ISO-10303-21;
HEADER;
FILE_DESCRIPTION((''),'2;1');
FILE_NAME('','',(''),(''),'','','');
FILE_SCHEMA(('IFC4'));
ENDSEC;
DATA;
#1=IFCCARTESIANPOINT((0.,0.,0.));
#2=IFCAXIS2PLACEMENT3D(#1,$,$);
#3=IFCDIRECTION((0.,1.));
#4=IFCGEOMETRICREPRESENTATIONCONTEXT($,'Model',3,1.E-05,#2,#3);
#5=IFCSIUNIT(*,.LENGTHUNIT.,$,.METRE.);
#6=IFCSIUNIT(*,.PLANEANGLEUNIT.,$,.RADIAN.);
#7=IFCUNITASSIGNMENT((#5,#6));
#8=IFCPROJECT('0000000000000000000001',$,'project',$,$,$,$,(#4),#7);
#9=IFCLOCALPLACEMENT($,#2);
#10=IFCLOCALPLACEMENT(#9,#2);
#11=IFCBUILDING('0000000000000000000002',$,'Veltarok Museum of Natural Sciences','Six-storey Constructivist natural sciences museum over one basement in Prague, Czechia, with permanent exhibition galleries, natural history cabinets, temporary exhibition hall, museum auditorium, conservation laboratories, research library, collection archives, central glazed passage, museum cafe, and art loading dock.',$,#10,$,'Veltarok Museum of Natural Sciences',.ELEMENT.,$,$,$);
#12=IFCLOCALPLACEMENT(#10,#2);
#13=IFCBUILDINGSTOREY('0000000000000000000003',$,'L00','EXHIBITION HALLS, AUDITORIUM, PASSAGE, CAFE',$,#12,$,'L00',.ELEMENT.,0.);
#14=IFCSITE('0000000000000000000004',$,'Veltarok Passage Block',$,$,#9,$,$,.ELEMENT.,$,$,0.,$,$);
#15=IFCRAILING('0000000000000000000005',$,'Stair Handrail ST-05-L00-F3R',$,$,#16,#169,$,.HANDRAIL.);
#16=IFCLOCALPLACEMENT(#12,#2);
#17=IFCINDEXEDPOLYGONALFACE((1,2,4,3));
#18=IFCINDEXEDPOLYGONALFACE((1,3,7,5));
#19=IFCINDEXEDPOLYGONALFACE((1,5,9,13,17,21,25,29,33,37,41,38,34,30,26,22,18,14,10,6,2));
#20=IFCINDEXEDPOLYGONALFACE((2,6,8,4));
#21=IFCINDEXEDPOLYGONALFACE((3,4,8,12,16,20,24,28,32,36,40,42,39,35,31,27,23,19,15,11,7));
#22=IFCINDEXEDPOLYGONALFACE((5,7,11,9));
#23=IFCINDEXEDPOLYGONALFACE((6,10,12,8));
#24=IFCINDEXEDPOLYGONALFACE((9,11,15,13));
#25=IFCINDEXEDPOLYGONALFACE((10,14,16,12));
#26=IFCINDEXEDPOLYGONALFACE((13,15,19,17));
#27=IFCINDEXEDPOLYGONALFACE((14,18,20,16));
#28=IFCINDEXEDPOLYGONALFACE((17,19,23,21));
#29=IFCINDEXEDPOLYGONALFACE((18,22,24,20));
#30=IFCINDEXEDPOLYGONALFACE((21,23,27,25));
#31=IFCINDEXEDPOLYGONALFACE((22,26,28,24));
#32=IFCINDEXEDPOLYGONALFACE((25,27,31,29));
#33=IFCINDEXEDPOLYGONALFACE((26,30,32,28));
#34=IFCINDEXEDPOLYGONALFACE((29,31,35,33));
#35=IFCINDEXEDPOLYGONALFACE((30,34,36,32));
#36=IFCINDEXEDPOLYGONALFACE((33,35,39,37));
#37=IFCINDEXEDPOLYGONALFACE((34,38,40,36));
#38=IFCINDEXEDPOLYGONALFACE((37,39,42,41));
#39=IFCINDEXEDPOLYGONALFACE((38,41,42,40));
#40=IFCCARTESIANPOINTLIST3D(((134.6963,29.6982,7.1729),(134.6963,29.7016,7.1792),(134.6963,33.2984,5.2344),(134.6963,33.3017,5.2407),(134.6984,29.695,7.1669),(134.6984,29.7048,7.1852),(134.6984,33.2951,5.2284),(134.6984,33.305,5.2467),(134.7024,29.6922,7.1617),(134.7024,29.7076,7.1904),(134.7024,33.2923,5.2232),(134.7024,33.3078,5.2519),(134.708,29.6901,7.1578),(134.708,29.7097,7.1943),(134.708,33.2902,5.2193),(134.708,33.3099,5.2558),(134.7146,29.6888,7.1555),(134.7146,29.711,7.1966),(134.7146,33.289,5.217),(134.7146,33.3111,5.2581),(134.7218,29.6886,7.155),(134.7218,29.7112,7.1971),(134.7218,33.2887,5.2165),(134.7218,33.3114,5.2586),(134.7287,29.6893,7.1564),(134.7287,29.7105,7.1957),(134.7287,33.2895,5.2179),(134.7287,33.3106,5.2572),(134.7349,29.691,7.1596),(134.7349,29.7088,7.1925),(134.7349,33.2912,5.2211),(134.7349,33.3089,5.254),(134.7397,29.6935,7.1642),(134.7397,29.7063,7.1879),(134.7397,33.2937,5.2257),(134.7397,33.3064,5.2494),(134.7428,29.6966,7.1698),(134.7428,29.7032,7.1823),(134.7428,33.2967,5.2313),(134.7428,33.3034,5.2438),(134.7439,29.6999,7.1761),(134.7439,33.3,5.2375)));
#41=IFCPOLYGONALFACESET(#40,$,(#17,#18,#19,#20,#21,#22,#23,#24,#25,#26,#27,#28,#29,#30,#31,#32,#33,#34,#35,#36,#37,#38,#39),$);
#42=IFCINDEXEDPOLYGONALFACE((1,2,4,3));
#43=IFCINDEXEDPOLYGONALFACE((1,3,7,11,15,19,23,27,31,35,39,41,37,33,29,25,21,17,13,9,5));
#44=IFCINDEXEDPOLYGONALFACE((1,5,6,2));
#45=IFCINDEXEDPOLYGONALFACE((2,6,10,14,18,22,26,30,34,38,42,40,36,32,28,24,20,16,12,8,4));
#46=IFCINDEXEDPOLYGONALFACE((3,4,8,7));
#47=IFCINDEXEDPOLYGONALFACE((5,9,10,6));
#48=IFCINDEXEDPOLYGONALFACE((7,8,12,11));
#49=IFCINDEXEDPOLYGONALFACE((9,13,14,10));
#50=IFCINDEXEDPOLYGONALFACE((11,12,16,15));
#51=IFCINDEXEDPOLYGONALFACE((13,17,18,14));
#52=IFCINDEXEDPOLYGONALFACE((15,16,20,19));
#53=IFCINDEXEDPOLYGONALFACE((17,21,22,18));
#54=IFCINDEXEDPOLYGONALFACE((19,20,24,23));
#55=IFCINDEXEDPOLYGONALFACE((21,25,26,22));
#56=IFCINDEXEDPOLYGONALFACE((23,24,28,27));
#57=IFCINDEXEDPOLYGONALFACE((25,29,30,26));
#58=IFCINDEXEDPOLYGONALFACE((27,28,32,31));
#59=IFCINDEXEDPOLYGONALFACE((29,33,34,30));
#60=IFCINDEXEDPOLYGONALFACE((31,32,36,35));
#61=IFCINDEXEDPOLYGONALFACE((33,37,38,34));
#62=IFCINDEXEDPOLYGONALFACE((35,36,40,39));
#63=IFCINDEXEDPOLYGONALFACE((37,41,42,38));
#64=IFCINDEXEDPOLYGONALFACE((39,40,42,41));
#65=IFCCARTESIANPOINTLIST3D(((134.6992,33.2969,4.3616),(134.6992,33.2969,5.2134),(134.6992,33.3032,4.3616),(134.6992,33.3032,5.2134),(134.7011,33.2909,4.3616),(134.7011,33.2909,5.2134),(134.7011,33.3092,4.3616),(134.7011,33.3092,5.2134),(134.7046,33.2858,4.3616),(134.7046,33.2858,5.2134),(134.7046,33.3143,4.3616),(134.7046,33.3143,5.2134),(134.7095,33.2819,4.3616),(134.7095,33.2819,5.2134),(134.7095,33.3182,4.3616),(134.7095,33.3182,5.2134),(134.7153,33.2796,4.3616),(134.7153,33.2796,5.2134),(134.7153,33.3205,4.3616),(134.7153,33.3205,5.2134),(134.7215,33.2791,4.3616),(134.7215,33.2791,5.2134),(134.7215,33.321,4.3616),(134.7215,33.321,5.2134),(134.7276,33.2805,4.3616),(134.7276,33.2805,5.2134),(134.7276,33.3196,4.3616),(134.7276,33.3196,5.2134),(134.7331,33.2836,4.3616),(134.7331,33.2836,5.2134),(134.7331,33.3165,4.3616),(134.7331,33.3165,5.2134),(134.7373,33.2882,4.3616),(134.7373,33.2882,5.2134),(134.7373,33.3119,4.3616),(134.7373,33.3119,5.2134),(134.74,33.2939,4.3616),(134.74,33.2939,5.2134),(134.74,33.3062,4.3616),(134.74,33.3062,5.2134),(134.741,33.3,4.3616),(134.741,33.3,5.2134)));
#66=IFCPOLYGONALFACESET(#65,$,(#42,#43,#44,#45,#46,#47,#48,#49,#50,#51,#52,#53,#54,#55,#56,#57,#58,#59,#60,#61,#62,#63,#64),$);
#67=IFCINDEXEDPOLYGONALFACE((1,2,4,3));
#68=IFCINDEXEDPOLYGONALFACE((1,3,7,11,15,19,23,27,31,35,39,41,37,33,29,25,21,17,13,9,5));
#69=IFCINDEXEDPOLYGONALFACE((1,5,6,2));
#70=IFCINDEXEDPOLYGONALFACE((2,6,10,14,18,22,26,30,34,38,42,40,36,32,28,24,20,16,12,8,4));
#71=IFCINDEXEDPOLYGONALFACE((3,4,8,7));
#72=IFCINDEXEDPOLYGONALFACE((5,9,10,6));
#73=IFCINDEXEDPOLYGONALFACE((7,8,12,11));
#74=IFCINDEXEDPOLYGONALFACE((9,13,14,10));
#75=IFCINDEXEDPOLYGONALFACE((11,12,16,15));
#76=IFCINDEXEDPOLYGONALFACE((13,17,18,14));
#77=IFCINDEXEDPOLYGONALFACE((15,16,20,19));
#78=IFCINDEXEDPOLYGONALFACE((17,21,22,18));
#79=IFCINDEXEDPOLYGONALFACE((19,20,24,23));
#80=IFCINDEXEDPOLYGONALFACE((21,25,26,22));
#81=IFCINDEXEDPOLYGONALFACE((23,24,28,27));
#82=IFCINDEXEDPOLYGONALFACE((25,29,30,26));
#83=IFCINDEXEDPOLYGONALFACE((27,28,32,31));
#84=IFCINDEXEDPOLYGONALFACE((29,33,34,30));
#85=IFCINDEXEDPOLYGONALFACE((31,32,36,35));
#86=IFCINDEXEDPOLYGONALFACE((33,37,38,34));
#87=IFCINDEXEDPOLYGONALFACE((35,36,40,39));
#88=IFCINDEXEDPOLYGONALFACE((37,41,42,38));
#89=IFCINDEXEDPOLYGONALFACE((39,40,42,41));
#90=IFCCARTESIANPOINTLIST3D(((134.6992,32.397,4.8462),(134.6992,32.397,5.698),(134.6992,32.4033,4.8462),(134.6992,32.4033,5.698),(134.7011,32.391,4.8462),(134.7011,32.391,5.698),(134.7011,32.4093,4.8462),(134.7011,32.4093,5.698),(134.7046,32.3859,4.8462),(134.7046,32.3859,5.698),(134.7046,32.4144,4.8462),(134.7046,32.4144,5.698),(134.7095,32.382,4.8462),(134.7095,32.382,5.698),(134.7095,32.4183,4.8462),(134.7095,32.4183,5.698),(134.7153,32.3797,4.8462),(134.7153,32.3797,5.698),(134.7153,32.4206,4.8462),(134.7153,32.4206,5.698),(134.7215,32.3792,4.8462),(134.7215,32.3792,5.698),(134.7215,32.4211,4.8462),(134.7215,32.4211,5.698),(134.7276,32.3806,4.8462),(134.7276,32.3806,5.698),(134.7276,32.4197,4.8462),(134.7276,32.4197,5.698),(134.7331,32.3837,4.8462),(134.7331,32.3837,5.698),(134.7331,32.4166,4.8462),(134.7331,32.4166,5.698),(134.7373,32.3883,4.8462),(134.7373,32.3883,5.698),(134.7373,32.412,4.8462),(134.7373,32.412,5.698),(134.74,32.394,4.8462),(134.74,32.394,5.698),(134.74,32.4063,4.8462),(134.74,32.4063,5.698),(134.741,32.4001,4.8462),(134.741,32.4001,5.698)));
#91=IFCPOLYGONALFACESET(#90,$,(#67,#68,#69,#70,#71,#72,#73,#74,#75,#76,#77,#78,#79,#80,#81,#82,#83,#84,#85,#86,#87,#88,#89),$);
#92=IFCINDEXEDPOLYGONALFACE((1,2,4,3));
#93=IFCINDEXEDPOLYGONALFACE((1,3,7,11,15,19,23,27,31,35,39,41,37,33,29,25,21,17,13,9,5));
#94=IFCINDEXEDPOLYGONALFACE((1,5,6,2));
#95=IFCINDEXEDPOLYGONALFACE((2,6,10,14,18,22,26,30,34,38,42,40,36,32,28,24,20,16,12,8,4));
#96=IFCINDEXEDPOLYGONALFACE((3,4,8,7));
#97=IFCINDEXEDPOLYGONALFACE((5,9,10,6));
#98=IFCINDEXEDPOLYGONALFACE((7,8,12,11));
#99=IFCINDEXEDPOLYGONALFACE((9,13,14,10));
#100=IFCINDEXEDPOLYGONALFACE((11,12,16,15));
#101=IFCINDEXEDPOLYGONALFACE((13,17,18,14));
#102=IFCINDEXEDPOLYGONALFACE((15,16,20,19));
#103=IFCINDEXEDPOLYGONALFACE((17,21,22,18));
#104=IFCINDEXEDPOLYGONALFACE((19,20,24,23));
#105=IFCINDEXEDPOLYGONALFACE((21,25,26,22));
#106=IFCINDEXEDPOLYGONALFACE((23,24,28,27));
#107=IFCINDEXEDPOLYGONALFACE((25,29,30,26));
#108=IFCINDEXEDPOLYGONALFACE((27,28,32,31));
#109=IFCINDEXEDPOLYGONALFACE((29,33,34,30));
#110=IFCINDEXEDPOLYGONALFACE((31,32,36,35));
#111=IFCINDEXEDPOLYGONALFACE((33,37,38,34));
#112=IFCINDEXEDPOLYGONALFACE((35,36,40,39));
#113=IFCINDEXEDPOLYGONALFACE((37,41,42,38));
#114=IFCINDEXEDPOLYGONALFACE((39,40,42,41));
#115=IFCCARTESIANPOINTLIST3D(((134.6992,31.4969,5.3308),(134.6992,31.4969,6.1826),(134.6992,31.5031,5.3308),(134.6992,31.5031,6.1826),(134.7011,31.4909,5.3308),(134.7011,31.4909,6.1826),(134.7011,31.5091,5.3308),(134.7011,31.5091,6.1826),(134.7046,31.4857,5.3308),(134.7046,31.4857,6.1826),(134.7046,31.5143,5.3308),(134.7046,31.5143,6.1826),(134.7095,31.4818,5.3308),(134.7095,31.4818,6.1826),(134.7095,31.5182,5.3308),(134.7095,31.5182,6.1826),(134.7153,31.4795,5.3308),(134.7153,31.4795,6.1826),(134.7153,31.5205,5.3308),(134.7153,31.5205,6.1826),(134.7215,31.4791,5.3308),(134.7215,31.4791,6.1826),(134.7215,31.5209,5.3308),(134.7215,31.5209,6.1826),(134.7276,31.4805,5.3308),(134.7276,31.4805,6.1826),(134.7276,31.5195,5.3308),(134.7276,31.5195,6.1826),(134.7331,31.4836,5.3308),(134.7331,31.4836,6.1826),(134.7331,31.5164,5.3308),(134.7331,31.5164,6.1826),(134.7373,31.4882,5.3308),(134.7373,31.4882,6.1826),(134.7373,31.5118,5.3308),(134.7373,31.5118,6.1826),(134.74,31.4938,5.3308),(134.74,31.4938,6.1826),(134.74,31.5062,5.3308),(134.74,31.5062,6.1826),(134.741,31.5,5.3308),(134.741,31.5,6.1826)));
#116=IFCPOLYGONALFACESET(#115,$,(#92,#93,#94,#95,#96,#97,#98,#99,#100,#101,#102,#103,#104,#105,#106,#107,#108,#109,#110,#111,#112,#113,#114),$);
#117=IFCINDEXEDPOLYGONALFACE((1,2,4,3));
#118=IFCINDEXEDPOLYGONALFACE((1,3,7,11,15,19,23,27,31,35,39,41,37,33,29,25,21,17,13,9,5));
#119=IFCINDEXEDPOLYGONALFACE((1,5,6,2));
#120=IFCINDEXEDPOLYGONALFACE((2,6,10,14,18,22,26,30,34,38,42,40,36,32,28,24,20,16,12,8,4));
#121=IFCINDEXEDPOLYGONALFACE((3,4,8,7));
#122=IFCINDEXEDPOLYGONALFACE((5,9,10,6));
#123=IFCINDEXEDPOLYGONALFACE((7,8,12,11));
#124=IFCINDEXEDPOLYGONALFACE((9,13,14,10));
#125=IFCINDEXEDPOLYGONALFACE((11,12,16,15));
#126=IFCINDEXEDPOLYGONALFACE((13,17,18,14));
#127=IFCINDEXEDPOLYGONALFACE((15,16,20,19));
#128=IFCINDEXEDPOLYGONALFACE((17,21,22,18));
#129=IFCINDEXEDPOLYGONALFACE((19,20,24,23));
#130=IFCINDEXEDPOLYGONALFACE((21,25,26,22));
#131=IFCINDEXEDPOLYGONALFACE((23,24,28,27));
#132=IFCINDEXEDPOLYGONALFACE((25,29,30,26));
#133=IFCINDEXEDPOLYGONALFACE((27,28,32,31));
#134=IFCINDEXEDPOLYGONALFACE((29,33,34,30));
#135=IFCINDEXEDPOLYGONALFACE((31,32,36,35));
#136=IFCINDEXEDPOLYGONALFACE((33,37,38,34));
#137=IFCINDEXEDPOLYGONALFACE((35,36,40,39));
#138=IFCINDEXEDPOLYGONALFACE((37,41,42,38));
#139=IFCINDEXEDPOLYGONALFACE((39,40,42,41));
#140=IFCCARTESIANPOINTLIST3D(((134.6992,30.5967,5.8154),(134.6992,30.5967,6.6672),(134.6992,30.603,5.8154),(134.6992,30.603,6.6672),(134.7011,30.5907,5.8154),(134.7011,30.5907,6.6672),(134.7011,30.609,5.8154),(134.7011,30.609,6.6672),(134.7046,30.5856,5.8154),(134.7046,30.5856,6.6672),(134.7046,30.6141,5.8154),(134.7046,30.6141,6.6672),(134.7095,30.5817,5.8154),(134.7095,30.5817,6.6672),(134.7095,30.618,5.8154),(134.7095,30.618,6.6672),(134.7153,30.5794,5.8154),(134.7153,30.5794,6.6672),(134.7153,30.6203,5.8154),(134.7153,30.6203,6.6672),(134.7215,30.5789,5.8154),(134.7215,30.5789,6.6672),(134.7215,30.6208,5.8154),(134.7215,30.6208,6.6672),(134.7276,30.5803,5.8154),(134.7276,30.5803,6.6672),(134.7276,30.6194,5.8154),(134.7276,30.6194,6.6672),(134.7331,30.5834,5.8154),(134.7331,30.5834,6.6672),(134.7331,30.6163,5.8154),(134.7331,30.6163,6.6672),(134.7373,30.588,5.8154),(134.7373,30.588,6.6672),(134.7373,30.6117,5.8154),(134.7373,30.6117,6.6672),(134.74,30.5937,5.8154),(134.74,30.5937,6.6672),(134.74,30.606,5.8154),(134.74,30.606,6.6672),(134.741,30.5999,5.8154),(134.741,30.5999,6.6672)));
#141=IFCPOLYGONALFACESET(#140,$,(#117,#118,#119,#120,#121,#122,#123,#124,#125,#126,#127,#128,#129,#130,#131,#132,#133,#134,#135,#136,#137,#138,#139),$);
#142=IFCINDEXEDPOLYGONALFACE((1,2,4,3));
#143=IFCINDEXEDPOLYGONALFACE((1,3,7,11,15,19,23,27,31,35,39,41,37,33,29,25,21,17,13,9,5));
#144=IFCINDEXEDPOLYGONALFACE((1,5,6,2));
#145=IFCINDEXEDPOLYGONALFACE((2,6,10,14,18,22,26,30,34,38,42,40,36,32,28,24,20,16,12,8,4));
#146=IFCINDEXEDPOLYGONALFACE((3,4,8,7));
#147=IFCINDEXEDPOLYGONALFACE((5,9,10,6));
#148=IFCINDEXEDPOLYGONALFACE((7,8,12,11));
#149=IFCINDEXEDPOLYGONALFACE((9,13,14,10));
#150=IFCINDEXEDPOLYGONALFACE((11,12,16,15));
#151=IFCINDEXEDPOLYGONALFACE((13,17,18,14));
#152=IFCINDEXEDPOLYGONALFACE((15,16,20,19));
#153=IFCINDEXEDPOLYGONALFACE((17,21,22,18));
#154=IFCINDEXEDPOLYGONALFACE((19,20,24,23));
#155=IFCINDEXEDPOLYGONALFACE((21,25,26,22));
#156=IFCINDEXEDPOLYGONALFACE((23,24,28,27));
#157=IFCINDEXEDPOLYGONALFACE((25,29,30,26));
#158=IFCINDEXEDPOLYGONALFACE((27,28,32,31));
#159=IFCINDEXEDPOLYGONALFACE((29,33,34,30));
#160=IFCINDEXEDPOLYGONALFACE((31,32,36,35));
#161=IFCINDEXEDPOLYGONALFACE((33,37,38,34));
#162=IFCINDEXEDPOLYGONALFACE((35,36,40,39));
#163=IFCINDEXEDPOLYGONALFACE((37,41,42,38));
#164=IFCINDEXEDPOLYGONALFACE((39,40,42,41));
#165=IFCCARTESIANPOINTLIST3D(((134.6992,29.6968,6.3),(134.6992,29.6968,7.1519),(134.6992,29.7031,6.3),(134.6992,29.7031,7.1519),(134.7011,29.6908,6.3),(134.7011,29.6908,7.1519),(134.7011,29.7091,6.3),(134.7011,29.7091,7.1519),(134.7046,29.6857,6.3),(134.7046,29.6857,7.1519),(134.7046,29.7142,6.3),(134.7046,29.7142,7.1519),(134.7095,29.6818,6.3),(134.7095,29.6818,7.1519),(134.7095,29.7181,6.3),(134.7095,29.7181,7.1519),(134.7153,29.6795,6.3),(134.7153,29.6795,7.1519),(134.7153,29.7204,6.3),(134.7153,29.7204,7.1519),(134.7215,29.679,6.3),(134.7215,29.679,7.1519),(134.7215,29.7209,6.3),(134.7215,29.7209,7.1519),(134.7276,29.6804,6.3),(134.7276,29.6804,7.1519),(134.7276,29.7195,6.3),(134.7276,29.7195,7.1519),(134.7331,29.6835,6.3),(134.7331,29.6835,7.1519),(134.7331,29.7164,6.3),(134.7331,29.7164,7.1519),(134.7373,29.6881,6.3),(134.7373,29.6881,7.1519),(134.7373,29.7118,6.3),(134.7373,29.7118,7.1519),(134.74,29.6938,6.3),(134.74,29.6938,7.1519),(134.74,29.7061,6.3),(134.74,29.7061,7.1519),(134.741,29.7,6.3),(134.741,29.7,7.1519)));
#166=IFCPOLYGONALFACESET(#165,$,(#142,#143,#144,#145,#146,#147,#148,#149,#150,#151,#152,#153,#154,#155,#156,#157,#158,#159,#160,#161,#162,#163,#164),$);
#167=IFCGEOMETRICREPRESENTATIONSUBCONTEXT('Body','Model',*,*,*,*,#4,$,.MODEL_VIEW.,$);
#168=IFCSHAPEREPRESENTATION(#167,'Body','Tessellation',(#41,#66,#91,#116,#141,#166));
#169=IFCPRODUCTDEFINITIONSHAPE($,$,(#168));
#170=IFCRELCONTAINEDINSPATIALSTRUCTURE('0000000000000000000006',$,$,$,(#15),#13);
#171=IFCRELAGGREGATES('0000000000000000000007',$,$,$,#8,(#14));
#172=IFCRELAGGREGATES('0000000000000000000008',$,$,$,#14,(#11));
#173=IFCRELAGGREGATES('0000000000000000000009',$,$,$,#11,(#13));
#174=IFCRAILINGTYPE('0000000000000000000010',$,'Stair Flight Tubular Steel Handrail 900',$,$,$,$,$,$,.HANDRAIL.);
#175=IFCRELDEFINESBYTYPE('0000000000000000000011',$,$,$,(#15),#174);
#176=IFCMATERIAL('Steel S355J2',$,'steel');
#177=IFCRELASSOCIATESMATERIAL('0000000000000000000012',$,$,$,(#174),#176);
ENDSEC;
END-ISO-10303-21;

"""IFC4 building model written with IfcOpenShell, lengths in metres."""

from ifc_helpers import new_model, si_unit, direction, frame, origin, origin_2d, place, context, subcontext, project, spatial, circle, extrude, material, type_object, element, save


model = new_model("IFC4")

# Units and contexts
model_context = context("Model", 3, precision=1e-05, world=origin(), true_north=direction((0.0, 1.0)))
body_context = subcontext(model_context, "Body", "Model", "MODEL_VIEW")
ifc_project = project(units=[si_unit("LENGTHUNIT", "METRE"), si_unit("PLANEANGLEUNIT", "RADIAN")], contexts=[model_context])

# Site, building, storey
site_placement = place(None, origin())
site = spatial("IfcSite", under=ifc_project, at=site_placement, Name="Veltarok Passage Block", CompositionType="ELEMENT", RefElevation=0.0)
building_placement = place(site_placement, origin())
building = spatial("IfcBuilding", under=site, at=building_placement, Name="Veltarok Museum of Natural Sciences", Description="Six-storey Constructivist natural sciences museum over one basement in Prague, Czechia, with permanent exhibition galleries, natural history cabinets, temporary exhibition hall, museum auditorium, conservation laboratories, research library, collection archives, central glazed passage, museum cafe, and art loading dock.", LongName="Veltarok Museum of Natural Sciences", CompositionType="ELEMENT")
storey_placement = place(building_placement, origin())
storey = spatial("IfcBuildingStorey", under=building, at=storey_placement, Name="L00", Description="EXHIBITION HALLS, AUDITORIUM, PASSAGE, CAFE", LongName="L00", CompositionType="ELEMENT", Elevation=0.0)

# Shared definitions
ifc_material_1 = material(Name="Steel S355J2", Category="steel")

# Railing
railing_type_1 = type_object("IfcRailingType", Name="Stair Flight Tubular Steel Handrail 900", PredefinedType="HANDRAIL", material=ifc_material_1)
for number, where, name in (
    (1, (134.72, 33.3, 4.3616), "Stair Handrail ST-05-L00-F3R"),
):
    element("IfcRailing", number, at=place(storey_placement, frame(where)), inside=storey, type_object=railing_type_1, Name=name, PredefinedType="HANDRAIL", context=body_context, shape_type="SweptSolid", body=[
        extrude(circle(Radius=0.0239, at=origin_2d()), frame((0.0, 0.0, 0.876), z_axis=(0.0, -0.880475, 0.474093), x_axis=(1.0, 0.0, 0.0)), (0.0, 0.0, 1.0), 4.0889),
        extrude(circle(Radius=0.021, at=origin_2d()), origin(), (0.0, 0.0, 1.0), 0.8518),
        extrude(circle(Radius=0.021, at=origin_2d()), frame((0.0, -0.8999, 0.4846)), (0.0, 0.0, 1.0), 0.8518),
        extrude(circle(Radius=0.021, at=origin_2d()), frame((0.0, -1.8, 0.9692)), (0.0, 0.0, 1.0), 0.8518),
        extrude(circle(Radius=0.021, at=origin_2d()), frame((0.0, -2.7002, 1.4539)), (0.0, 0.0, 1.0), 0.8518),
        extrude(circle(Radius=0.021, at=origin_2d()), frame((0.0, -3.6001, 1.9385)), (0.0, 0.0, 1.0), 0.8518),
    ])

save(model, "model.ifc")
